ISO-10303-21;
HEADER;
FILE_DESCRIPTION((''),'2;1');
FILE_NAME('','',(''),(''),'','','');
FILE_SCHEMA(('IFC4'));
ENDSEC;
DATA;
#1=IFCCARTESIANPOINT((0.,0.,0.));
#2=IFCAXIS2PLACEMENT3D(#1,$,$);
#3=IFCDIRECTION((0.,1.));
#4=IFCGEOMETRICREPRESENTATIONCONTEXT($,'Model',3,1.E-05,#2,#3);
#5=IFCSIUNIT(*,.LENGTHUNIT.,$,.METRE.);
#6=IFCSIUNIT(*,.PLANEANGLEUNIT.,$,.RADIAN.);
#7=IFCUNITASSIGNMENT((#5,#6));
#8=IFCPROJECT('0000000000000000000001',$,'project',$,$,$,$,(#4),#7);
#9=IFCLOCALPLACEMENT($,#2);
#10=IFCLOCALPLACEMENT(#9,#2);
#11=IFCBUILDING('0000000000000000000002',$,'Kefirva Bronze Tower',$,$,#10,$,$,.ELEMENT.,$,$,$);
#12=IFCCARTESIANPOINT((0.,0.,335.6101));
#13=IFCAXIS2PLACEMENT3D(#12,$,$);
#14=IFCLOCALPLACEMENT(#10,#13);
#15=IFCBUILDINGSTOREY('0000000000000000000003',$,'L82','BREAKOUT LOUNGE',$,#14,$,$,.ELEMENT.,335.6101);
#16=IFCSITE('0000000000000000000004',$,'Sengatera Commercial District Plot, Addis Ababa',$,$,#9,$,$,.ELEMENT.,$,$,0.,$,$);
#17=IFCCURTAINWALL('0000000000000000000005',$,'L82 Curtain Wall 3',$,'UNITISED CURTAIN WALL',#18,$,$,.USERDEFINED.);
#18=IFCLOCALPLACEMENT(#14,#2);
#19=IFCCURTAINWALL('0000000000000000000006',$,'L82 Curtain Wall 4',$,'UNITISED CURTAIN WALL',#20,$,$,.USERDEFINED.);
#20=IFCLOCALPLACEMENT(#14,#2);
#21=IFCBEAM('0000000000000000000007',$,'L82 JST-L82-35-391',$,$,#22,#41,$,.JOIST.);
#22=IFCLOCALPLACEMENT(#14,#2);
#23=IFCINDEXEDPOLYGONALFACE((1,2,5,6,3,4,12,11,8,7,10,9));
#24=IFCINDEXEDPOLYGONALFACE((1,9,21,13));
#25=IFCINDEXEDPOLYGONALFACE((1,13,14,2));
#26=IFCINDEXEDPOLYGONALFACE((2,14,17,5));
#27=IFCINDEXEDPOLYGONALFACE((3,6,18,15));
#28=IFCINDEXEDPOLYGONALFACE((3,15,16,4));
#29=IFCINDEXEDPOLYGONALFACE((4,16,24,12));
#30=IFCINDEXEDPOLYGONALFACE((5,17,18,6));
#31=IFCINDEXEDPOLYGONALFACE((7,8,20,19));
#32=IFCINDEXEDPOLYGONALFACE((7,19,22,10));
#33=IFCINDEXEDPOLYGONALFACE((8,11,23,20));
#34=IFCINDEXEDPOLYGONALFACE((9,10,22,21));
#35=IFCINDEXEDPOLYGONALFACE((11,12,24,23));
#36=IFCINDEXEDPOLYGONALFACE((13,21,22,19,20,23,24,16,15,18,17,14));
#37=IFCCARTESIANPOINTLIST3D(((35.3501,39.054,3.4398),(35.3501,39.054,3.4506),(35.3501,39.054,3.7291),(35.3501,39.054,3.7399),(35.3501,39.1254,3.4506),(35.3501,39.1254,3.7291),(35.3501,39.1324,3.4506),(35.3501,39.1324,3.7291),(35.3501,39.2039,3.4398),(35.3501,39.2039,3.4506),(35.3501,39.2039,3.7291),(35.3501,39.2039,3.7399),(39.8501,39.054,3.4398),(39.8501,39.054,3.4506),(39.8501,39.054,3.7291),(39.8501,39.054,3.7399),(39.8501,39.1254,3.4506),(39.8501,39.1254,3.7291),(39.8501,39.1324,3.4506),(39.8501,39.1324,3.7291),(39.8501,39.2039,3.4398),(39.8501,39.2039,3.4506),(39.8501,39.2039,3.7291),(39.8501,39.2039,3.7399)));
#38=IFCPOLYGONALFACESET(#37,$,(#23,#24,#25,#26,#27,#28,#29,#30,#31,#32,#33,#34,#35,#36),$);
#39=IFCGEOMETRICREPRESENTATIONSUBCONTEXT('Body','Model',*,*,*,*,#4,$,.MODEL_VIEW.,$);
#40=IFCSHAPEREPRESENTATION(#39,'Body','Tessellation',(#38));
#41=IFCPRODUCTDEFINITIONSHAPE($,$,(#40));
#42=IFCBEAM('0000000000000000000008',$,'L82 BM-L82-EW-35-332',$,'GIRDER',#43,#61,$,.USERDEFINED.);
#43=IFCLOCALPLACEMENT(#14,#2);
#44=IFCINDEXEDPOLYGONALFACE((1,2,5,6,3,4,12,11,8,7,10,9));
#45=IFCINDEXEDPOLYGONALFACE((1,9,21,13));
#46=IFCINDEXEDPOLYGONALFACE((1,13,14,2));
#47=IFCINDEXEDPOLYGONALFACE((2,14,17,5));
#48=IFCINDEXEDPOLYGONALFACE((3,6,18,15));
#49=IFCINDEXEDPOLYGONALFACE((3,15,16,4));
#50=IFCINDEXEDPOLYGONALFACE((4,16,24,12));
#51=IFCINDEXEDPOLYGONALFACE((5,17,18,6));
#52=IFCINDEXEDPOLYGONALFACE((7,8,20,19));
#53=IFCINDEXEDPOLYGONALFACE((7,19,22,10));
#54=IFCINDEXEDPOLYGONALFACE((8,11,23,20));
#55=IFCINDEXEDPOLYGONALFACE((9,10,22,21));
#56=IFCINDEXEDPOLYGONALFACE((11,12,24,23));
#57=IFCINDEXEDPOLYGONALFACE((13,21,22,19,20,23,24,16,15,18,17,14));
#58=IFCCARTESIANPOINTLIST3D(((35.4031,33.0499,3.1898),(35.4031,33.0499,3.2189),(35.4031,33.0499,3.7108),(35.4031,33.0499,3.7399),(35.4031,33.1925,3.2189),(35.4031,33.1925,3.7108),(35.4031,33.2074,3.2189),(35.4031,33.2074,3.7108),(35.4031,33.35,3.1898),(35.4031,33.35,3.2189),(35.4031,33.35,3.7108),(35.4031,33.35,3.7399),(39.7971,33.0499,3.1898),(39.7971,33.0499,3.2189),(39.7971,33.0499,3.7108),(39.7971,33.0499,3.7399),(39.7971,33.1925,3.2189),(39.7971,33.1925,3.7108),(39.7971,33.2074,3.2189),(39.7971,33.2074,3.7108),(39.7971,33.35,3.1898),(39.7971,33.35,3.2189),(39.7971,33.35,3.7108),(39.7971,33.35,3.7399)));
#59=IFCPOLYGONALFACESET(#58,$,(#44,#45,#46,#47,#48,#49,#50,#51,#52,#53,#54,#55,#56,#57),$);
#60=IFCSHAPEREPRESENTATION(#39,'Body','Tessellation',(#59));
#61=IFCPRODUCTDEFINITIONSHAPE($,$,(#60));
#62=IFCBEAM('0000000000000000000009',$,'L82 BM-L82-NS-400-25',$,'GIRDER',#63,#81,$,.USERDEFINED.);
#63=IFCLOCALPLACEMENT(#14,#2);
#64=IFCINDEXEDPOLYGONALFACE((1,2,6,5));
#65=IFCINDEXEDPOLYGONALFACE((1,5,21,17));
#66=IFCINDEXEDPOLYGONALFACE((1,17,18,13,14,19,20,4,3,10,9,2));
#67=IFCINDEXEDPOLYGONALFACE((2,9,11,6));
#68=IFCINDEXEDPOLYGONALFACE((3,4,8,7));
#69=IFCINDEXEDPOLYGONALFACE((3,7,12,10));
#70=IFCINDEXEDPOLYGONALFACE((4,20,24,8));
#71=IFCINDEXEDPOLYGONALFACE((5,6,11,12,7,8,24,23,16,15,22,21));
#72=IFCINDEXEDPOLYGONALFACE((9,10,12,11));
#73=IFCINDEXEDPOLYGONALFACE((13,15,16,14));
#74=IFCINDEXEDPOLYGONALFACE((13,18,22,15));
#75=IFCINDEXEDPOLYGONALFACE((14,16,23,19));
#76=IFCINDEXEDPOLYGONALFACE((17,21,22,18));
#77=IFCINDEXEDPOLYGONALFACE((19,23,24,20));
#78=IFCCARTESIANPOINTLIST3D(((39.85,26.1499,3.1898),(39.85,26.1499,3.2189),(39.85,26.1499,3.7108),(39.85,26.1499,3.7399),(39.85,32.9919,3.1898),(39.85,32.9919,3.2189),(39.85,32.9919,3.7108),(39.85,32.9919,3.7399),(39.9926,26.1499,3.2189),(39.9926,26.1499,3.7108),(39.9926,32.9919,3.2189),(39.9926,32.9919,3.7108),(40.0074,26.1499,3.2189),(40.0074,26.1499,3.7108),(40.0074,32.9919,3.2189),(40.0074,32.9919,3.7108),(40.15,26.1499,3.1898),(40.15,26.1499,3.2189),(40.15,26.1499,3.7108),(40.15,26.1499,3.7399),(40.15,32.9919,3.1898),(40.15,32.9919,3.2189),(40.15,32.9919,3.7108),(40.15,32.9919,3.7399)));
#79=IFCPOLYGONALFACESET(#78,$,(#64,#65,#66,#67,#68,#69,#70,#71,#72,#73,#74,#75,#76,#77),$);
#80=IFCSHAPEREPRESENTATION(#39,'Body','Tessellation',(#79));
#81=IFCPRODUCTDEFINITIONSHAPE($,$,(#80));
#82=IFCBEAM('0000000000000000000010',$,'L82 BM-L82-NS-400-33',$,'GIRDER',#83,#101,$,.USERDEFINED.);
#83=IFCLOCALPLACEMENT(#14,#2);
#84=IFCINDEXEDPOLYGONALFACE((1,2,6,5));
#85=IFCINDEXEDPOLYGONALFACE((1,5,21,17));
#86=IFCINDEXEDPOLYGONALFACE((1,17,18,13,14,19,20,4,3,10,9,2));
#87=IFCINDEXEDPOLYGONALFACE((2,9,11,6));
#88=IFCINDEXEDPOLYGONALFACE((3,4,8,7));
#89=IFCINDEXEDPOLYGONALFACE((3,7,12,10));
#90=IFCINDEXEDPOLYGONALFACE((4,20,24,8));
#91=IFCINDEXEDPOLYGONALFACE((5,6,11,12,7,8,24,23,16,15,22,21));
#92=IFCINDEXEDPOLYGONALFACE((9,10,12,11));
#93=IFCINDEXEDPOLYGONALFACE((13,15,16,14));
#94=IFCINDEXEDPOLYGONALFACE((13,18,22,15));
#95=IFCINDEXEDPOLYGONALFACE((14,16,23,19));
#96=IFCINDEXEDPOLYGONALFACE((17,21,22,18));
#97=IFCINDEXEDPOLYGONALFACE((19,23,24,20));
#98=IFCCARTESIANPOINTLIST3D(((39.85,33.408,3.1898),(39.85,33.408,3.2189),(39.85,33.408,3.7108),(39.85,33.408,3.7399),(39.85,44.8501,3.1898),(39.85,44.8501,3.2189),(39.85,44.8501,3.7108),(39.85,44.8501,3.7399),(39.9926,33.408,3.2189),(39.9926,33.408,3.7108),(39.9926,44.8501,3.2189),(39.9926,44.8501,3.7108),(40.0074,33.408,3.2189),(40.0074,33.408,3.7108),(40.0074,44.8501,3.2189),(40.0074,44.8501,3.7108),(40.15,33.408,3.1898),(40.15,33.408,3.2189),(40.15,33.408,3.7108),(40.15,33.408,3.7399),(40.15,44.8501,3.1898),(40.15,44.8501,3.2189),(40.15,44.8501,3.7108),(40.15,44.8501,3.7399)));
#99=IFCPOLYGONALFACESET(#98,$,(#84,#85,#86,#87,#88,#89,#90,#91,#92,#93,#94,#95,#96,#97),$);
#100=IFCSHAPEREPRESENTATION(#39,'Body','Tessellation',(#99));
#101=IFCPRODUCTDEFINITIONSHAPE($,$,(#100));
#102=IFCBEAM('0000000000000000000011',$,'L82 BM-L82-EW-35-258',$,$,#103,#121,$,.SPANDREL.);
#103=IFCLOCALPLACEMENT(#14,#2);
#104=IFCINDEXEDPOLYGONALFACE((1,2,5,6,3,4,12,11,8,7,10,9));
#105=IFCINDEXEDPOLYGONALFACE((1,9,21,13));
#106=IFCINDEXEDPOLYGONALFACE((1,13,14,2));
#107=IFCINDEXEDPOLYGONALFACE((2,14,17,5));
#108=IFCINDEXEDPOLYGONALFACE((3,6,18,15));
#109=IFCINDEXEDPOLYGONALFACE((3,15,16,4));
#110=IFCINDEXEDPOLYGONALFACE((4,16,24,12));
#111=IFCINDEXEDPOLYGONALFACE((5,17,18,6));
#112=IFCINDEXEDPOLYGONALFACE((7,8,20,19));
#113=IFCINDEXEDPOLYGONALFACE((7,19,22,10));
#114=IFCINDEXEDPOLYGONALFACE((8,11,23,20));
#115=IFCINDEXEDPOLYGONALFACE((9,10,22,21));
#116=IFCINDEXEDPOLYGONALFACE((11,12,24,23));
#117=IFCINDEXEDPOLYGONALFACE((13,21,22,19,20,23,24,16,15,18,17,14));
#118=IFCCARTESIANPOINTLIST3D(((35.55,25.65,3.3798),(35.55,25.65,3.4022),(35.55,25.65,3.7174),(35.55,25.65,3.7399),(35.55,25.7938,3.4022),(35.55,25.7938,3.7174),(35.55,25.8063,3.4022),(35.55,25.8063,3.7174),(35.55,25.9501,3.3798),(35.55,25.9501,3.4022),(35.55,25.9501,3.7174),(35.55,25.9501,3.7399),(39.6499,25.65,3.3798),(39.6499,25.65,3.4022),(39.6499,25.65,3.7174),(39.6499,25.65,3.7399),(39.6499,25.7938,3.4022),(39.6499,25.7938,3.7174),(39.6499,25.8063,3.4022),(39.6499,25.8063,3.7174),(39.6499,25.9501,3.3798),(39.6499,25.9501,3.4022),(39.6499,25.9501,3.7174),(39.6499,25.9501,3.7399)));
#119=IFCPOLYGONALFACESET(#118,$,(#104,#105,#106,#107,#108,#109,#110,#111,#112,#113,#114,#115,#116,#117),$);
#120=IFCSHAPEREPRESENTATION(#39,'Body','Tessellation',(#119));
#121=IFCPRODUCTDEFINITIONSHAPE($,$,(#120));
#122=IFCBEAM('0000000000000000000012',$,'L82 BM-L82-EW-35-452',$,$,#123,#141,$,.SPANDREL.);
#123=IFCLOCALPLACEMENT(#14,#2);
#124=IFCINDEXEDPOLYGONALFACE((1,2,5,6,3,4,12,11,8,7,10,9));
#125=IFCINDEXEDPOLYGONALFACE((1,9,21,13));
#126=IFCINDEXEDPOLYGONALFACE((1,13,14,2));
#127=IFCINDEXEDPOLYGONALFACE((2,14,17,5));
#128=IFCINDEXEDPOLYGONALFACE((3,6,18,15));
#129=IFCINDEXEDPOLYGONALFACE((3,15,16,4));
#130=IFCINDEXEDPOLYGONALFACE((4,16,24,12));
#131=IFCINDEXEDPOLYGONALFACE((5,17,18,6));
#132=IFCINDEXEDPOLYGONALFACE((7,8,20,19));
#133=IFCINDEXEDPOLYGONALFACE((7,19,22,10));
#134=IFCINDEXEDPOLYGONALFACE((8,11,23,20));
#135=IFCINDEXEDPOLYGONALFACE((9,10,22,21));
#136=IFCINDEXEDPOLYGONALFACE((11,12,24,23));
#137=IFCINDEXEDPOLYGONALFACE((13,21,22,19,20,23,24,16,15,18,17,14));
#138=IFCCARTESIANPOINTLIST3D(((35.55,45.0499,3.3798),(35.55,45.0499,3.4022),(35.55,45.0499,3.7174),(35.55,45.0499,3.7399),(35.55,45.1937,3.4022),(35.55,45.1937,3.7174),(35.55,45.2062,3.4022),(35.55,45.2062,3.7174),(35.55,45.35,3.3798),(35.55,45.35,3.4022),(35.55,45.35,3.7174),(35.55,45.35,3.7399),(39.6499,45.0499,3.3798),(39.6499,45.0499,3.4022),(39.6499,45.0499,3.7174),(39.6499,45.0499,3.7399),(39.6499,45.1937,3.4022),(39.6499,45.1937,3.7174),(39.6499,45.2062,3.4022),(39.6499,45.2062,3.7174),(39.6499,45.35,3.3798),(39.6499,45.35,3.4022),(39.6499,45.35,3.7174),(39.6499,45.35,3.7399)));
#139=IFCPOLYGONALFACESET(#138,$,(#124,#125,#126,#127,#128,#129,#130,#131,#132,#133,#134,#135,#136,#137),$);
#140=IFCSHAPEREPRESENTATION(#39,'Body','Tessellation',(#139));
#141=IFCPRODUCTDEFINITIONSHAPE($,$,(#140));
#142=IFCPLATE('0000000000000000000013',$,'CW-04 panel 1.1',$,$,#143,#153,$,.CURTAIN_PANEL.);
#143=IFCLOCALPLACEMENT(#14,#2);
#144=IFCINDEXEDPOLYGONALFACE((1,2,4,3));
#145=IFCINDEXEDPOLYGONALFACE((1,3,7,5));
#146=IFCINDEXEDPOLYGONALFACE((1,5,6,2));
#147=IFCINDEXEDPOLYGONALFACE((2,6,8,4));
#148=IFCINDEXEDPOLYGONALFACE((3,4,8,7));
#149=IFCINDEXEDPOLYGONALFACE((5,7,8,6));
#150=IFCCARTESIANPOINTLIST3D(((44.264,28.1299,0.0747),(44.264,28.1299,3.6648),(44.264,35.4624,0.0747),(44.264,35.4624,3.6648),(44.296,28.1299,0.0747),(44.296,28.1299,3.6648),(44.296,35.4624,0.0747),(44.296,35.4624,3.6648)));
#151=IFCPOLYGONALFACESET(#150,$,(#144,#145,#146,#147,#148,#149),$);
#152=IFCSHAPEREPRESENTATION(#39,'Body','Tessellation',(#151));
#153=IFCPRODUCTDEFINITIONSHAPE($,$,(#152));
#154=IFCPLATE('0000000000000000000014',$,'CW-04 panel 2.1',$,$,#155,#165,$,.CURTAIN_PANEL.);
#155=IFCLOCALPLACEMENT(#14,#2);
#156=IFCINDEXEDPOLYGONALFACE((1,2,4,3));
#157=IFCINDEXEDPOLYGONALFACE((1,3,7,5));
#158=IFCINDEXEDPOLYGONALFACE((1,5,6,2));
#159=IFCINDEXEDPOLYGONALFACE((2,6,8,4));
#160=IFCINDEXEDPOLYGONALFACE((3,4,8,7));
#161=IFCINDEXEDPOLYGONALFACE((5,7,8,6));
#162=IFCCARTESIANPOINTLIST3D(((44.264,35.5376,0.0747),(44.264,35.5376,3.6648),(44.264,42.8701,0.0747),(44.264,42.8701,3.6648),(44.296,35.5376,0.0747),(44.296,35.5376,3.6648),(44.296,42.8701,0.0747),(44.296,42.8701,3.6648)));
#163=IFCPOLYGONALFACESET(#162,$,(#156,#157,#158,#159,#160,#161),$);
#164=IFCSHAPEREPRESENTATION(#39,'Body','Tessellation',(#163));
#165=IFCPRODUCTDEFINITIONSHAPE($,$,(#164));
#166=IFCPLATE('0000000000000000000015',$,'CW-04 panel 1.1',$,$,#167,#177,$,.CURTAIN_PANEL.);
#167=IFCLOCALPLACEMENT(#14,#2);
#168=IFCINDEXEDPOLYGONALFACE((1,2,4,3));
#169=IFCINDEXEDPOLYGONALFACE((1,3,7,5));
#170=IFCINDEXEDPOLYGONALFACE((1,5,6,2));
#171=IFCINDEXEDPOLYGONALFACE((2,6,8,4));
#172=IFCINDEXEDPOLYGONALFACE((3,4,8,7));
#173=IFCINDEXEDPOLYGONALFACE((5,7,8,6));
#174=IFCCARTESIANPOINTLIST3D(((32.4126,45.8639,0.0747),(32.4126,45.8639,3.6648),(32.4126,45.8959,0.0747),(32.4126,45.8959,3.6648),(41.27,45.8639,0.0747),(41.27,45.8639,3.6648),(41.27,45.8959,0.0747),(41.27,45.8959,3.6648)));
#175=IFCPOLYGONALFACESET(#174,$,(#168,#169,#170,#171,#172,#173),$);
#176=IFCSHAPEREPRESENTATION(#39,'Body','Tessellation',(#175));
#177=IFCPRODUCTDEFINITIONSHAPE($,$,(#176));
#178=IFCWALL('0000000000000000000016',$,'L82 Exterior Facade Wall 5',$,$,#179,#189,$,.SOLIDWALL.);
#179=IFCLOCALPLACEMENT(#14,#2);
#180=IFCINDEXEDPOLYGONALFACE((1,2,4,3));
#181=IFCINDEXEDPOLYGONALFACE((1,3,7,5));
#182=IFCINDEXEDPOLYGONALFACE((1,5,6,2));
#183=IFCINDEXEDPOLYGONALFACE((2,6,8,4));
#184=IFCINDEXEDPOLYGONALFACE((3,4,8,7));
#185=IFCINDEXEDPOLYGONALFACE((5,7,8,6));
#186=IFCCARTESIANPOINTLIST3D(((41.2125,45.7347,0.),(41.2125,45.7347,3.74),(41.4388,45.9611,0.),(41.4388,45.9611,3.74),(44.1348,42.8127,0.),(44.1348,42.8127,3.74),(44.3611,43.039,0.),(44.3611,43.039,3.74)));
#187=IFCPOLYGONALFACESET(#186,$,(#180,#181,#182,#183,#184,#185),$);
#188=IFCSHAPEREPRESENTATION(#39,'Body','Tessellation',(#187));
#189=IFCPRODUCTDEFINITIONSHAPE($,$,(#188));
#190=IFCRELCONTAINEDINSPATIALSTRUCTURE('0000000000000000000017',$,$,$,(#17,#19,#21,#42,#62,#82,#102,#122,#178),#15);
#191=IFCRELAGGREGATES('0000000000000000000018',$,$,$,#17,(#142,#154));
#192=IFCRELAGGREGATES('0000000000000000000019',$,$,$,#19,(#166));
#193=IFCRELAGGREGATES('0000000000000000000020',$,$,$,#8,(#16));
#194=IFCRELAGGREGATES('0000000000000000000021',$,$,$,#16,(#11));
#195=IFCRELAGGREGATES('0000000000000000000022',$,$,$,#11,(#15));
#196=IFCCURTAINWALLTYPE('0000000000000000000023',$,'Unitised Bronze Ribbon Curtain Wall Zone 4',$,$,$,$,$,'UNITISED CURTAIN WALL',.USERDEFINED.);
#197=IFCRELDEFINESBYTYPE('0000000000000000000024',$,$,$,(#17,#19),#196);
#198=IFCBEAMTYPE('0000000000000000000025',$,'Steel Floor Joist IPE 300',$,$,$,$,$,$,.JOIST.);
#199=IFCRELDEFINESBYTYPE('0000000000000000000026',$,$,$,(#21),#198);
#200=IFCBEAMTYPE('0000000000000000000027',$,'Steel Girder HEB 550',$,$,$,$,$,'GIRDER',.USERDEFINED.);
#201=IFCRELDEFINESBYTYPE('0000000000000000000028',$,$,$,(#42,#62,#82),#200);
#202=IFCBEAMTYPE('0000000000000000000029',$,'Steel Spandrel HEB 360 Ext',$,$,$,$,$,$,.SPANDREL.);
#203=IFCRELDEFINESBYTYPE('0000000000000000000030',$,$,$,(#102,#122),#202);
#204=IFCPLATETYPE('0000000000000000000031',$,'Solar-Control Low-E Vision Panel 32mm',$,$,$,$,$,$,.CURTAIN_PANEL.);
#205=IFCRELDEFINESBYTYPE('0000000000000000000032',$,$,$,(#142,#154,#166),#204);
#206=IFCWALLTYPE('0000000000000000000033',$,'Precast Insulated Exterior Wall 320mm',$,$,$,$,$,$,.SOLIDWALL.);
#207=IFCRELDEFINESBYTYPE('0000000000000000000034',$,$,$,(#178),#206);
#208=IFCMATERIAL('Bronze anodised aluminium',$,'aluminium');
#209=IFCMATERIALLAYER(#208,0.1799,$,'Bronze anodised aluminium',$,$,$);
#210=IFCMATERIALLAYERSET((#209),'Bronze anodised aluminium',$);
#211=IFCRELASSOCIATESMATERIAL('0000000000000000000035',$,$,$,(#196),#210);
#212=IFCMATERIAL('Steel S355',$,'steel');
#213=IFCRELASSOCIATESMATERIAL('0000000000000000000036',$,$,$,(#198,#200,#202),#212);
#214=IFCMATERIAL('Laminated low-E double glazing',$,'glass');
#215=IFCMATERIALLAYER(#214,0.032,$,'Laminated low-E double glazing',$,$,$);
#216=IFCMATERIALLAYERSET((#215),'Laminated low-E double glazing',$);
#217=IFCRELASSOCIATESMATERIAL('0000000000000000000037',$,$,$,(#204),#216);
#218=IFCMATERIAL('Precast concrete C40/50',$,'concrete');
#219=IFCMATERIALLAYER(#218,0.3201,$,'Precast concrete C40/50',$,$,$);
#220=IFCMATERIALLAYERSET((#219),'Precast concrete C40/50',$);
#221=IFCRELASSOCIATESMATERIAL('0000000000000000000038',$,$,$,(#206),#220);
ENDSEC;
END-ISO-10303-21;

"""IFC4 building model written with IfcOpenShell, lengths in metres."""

from ifc_helpers import new_model, si_unit, direction, frame, frame_2d, origin, origin_2d, place, context, subcontext, project, spatial, rectangle, i_section, extrude, material, layer, layer_set, material_profile, profile_set, type_object, element, aggregate, save


model = new_model("IFC4")

# Units and contexts
model_context = context("Model", 3, precision=1e-05, world=origin(), true_north=direction((0.0, 1.0)))
body_context = subcontext(model_context, "Body", "Model", "MODEL_VIEW")
ifc_project = project(units=[si_unit("LENGTHUNIT", "METRE"), si_unit("PLANEANGLEUNIT", "RADIAN")], contexts=[model_context])

# Site, building, storey
site_placement = place(None, origin())
site = spatial("IfcSite", under=ifc_project, at=site_placement, Name="Sengatera Commercial District Plot, Addis Ababa", CompositionType="ELEMENT", RefElevation=0.0)
building_placement = place(site_placement, origin())
building = spatial("IfcBuilding", under=site, at=building_placement, Name="Kefirva Bronze Tower", CompositionType="ELEMENT")
storey_placement = place(building_placement, frame((0.0, 0.0, 335.6101)))
storey = spatial("IfcBuildingStorey", under=building, at=storey_placement, Name="L82", Description="BREAKOUT LOUNGE", CompositionType="ELEMENT", Elevation=335.6101)

# Curtain wall
ifc_material_1 = material(Name="Bronze anodised aluminium", Category="aluminium")
ifc_layer_1 = layer(ifc_material_1, 0.1799, Name="Bronze anodised aluminium")
ifc_layer_set_1 = layer_set([ifc_layer_1], Name="Bronze anodised aluminium")
curtain_wall_type = type_object("IfcCurtainWallType", Name="Unitised Bronze Ribbon Curtain Wall Zone 4", ElementType="UNITISED CURTAIN WALL", PredefinedType="USERDEFINED", material=ifc_layer_set_1)
curtain_wall_1_placement = place(storey_placement, origin())
curtain_wall_1 = element("IfcCurtainWall", 1, at=curtain_wall_1_placement, inside=storey, type_object=curtain_wall_type, Name="L82 Curtain Wall 3", ObjectType="UNITISED CURTAIN WALL", PredefinedType="USERDEFINED")

# Curtain wall
curtain_wall_2_placement = place(storey_placement, origin())
curtain_wall_2 = element("IfcCurtainWall", 2, at=curtain_wall_2_placement, inside=storey, type_object=curtain_wall_type, Name="L82 Curtain Wall 4", ObjectType="UNITISED CURTAIN WALL", PredefinedType="USERDEFINED")

# Beams
ifc_material_2 = material(Name="Steel S355", Category="steel")
ifc_material_profile_1 = material_profile(ifc_material_2, i_section(OverallWidth=0.1499, OverallDepth=0.3, WebThickness=0.0071, FlangeThickness=0.0107, at=origin_2d()), Name="IPE 300")
ifc_profile_set_1 = profile_set([ifc_material_profile_1], Name="Steel S355")
beam_type_1 = type_object("IfcBeamType", Name="Steel Floor Joist IPE 300", PredefinedType="JOIST", material=ifc_profile_set_1)
beam_1_placement = place(storey_placement, frame((35.3501, 39.1289, 3.5898), z_axis=(1.0, 0.0, 0.0), x_axis=(0.0, 1.0, 0.0)))
element("IfcBeam", 3, at=beam_1_placement, inside=storey, type_object=beam_type_1, Name="L82 JST-L82-35-391", PredefinedType="JOIST", context=body_context, shape_type="SweptSolid", body=[
    extrude(i_section(OverallWidth=0.1499, OverallDepth=0.3, WebThickness=0.0071, FlangeThickness=0.0107, at=origin_2d()), origin(), (0.0, 0.0, 1.0), 4.5),
])
ifc_material_profile_2 = material_profile(ifc_material_2, i_section(OverallWidth=0.3, OverallDepth=0.55, WebThickness=0.0149, FlangeThickness=0.0291, at=origin_2d()), Name="HEB 550")
ifc_profile_set_2 = profile_set([ifc_material_profile_2], Name="Steel S355")
beam_type_2 = type_object("IfcBeamType", Name="Steel Girder HEB 550", ElementType="GIRDER", PredefinedType="USERDEFINED", material=ifc_profile_set_2)
beam_2_placement = place(storey_placement, frame((35.4031, 33.2, 3.4648), z_axis=(1.0, 0.0, 0.0), x_axis=(0.0, 1.0, 0.0)))
element("IfcBeam", 4, at=beam_2_placement, inside=storey, type_object=beam_type_2, Name="L82 BM-L82-EW-35-332", ObjectType="GIRDER", PredefinedType="USERDEFINED", context=body_context, shape_type="SweptSolid", body=[
    extrude(i_section(OverallWidth=0.3, OverallDepth=0.55, WebThickness=0.0149, FlangeThickness=0.0291, at=origin_2d()), origin(), (0.0, 0.0, 1.0), 4.394),
])
beam_3_placement = place(storey_placement, frame((40.0, 26.1499, 3.4648), z_axis=(0.0, 1.0, 0.0), x_axis=(-1.0, 0.0, 0.0)))
element("IfcBeam", 5, at=beam_3_placement, inside=storey, type_object=beam_type_2, Name="L82 BM-L82-NS-400-25", ObjectType="GIRDER", PredefinedType="USERDEFINED", context=body_context, shape_type="SweptSolid", body=[
    extrude(i_section(OverallWidth=0.3, OverallDepth=0.55, WebThickness=0.0149, FlangeThickness=0.0291, at=origin_2d()), origin(), (0.0, 0.0, 1.0), 6.842),
])
beam_4_placement = place(storey_placement, frame((40.0, 33.408, 3.4648), z_axis=(0.0, 1.0, 0.0), x_axis=(-1.0, 0.0, 0.0)))
element("IfcBeam", 6, at=beam_4_placement, inside=storey, type_object=beam_type_2, Name="L82 BM-L82-NS-400-33", ObjectType="GIRDER", PredefinedType="USERDEFINED", context=body_context, shape_type="SweptSolid", body=[
    extrude(i_section(OverallWidth=0.3, OverallDepth=0.55, WebThickness=0.0149, FlangeThickness=0.0291, at=origin_2d()), origin(), (0.0, 0.0, 1.0), 11.4421),
])
ifc_material_profile_3 = material_profile(ifc_material_2, i_section(OverallWidth=0.3, OverallDepth=0.3601, WebThickness=0.0125, FlangeThickness=0.0225, at=origin_2d()), Name="HEB 360")
ifc_profile_set_3 = profile_set([ifc_material_profile_3], Name="Steel S355")
beam_type_3 = type_object("IfcBeamType", Name="Steel Spandrel HEB 360 Ext", PredefinedType="SPANDREL", material=ifc_profile_set_3)
for number, where, z_axis, x_axis, name in (
    (7, (35.55, 25.8, 3.5598), (1.0, 0.0, 0.0), (0.0, 1.0, 0.0), "L82 BM-L82-EW-35-258"),
    (8, (35.55, 45.2, 3.5598), (1.0, 0.0, 0.0), (0.0, 1.0, 0.0), "L82 BM-L82-EW-35-452"),
):
    element("IfcBeam", number, at=place(storey_placement, frame(where, z_axis=z_axis, x_axis=x_axis)), inside=storey, type_object=beam_type_3, Name=name, PredefinedType="SPANDREL", context=body_context, shape_type="SweptSolid", body=[
        extrude(i_section(OverallWidth=0.3, OverallDepth=0.3601, WebThickness=0.0125, FlangeThickness=0.0225, at=origin_2d()), origin(), (0.0, 0.0, 1.0), 4.0999),
    ])

# Plates
ifc_material_3 = material(Name="Laminated low-E double glazing", Category="glass")
ifc_layer_2 = layer(ifc_material_3, 0.032, Name="Laminated low-E double glazing")
ifc_layer_set_2 = layer_set([ifc_layer_2], Name="Laminated low-E double glazing")
plate_type = type_object("IfcPlateType", Name="Solar-Control Low-E Vision Panel 32mm", PredefinedType="CURTAIN_PANEL", material=ifc_layer_set_2)
plate_1_placement = place(storey_placement, frame((44.28, 31.7961, 0.0747), z_axis=(0.0, 0.0, 1.0), x_axis=(0.0, 1.0, 0.0)))
plate_1 = element("IfcPlate", 9, at=plate_1_placement, type_object=plate_type, Name="CW-04 panel 1.1", PredefinedType="CURTAIN_PANEL", context=body_context, shape_type="SweptSolid", body=[
    extrude(rectangle(XDim=7.3325, YDim=0.032, at=origin_2d()), origin(), (0.0, 0.0, 1.0), 3.5901),
])
plate_2_placement = place(storey_placement, frame((44.28, 39.2039, 0.0747), z_axis=(0.0, 0.0, 1.0), x_axis=(0.0, 1.0, 0.0)))
plate_2 = element("IfcPlate", 10, at=plate_2_placement, type_object=plate_type, Name="CW-04 panel 2.1", PredefinedType="CURTAIN_PANEL", context=body_context, shape_type="SweptSolid", body=[
    extrude(rectangle(XDim=7.3325, YDim=0.032, at=origin_2d()), origin(), (0.0, 0.0, 1.0), 3.5901),
])
aggregate(curtain_wall_1, [plate_1, plate_2])
plate_3_placement = place(storey_placement, frame((36.8413, 45.8799, 0.0747), z_axis=(0.0, 0.0, 1.0), x_axis=(-1.0, 0.0, 0.0)))
plate_3 = element("IfcPlate", 11, at=plate_3_placement, type_object=plate_type, Name="CW-04 panel 1.1", PredefinedType="CURTAIN_PANEL", context=body_context, shape_type="SweptSolid", body=[
    extrude(rectangle(XDim=8.8574, YDim=0.032, at=origin_2d()), origin(), (0.0, 0.0, 1.0), 3.5901),
])
aggregate(curtain_wall_2, [plate_3])

# Wall
ifc_material_4 = material(Name="Precast concrete C40/50", Category="concrete")
ifc_layer_3 = layer(ifc_material_4, 0.3201, Name="Precast concrete C40/50")
ifc_layer_set_3 = layer_set([ifc_layer_3], Name="Precast concrete C40/50")
wall_type = type_object("IfcWallType", Name="Precast Insulated Exterior Wall 320mm", PredefinedType="SOLIDWALL", material=ifc_layer_set_3)
wall_placement = place(storey_placement, frame((44.248, 42.9258, 0.0), z_axis=(0.0, 0.0, 1.0), x_axis=(-0.707136, 0.707077, 0.0)))
element("IfcWall", 12, at=wall_placement, inside=storey, type_object=wall_type, Name="L82 Exterior Facade Wall 5", PredefinedType="SOLIDWALL", context=body_context, shape_type="SweptSolid", body=[
    extrude(rectangle(XDim=4.1326, YDim=0.3201, at=frame_2d((2.0664, 0.0))), origin(), (0.0, 0.0, 1.0), 3.74),
])

save(model, "model.ifc")
